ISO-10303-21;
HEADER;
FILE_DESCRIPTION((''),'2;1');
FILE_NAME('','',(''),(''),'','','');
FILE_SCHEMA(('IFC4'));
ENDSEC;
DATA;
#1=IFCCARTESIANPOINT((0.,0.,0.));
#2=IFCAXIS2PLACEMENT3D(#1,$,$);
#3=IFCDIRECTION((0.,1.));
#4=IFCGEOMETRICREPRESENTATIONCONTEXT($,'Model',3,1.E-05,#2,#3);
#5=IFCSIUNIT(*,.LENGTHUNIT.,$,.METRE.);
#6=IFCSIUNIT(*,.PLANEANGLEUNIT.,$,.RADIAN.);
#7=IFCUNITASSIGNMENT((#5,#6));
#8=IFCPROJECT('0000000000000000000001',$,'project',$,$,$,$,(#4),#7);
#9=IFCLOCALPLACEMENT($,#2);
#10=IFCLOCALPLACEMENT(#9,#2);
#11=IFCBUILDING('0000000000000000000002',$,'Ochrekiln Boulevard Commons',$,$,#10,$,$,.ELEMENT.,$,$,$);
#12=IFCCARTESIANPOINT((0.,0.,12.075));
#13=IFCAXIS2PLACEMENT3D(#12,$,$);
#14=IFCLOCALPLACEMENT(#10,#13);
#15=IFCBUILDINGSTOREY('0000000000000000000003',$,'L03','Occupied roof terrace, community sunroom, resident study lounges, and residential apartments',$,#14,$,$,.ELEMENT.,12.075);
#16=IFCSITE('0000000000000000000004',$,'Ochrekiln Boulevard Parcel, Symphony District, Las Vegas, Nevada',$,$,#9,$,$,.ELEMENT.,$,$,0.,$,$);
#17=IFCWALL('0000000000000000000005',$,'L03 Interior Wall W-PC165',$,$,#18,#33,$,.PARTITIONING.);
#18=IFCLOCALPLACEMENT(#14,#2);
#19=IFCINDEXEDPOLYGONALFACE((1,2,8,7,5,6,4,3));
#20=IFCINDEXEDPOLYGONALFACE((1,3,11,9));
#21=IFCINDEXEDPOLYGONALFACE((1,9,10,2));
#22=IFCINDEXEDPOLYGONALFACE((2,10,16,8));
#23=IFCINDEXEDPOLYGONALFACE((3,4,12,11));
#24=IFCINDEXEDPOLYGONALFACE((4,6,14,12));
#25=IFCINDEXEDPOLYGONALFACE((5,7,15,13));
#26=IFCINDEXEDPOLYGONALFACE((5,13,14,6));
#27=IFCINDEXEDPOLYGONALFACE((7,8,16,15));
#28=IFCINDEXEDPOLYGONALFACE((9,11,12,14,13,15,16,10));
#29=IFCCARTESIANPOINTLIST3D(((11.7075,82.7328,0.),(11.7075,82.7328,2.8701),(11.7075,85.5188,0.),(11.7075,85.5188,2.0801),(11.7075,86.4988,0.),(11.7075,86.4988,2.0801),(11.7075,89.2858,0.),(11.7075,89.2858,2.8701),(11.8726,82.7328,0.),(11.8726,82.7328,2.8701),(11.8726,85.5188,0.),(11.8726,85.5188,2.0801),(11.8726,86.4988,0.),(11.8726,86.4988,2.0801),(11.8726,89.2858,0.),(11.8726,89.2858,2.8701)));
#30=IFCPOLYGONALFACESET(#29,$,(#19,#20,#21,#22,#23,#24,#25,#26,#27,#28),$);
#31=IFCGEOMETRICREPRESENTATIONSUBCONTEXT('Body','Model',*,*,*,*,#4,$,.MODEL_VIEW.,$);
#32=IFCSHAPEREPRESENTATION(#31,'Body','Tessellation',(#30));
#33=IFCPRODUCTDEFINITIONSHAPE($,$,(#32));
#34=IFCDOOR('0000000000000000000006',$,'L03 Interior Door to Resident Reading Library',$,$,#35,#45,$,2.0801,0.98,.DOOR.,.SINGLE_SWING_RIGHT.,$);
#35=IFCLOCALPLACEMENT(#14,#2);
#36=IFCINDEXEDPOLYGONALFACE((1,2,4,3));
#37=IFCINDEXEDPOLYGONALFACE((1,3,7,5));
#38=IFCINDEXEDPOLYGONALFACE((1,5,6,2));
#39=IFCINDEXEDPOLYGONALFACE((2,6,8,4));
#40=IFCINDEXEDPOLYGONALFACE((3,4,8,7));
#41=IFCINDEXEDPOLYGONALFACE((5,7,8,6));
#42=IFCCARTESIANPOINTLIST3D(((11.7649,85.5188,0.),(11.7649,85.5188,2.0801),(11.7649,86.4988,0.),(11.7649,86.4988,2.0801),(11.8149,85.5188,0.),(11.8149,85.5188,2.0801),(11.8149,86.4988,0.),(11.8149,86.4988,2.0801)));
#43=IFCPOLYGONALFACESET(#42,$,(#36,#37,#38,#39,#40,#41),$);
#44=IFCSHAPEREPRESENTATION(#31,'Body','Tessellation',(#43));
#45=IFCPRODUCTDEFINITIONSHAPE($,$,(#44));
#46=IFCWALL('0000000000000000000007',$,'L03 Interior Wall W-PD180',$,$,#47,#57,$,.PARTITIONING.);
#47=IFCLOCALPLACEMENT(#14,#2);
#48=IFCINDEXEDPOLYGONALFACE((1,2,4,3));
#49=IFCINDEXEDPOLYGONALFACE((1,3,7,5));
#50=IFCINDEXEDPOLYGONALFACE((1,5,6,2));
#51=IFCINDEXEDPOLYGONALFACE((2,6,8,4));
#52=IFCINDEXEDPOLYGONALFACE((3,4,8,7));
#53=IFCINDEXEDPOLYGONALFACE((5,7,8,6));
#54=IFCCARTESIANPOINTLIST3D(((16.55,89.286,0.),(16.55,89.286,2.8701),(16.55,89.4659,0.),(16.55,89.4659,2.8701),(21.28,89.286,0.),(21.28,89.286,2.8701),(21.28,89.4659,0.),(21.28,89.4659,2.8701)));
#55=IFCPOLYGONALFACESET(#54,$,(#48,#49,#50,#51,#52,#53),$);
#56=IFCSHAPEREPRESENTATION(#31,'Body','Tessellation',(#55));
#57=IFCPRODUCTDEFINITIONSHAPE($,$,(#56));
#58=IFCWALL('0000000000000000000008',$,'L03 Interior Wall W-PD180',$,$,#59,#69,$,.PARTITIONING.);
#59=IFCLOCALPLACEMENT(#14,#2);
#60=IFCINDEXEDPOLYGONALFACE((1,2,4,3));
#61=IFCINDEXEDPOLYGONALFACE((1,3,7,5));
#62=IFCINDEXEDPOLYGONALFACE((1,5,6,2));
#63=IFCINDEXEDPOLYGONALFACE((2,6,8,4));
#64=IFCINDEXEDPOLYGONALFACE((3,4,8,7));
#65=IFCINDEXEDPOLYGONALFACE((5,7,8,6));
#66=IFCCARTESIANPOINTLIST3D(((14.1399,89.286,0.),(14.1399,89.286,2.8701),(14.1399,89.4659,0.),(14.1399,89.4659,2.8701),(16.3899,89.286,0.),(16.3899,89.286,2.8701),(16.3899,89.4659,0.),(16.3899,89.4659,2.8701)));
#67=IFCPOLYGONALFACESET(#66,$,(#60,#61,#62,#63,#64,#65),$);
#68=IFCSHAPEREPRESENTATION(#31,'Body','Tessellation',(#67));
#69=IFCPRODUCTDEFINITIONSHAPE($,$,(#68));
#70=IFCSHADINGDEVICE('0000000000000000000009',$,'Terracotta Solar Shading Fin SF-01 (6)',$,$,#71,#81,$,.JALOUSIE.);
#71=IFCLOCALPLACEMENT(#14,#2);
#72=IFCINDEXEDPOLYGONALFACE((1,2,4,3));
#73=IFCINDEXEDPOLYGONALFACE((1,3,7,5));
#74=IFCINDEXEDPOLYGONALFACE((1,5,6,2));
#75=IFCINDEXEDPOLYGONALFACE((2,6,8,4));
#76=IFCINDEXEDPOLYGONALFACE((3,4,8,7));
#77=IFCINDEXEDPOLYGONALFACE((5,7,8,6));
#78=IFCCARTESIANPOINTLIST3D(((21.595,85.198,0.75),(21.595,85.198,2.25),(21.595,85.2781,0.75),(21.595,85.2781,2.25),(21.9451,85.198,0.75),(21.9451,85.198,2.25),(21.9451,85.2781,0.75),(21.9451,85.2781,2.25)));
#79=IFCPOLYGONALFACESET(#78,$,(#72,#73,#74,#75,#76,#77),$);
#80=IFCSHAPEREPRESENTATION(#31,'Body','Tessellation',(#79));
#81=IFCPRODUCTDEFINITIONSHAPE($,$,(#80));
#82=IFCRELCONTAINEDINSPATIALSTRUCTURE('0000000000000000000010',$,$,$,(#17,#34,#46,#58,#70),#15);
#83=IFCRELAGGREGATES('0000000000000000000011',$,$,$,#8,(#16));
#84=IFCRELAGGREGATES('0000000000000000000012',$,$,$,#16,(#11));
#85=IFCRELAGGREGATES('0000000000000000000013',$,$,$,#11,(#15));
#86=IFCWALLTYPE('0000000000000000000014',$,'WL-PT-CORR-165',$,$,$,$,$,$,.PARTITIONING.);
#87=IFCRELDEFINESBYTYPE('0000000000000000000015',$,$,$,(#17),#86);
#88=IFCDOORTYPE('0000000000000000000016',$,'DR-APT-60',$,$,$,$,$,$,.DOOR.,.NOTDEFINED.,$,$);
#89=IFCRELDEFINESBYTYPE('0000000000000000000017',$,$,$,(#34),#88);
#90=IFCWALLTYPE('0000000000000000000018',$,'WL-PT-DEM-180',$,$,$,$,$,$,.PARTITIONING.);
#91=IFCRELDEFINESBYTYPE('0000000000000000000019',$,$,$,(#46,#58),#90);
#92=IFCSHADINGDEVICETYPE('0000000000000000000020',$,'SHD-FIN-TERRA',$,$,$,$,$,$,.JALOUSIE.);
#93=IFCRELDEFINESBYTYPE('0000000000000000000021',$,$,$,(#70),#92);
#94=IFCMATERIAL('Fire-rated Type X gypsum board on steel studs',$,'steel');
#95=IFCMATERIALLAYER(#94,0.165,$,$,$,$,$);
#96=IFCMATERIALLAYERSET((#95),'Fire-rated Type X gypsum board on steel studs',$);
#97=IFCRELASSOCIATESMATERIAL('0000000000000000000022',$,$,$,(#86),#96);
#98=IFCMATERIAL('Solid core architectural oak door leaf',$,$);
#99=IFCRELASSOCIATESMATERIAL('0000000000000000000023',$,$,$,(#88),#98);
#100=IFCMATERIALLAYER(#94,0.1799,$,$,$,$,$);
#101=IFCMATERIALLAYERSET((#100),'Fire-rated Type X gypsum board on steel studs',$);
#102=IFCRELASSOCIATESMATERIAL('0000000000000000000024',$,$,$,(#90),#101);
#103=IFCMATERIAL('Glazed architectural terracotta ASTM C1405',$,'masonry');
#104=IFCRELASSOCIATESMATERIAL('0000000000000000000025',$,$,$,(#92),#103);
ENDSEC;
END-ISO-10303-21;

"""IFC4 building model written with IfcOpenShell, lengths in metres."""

from ifc_helpers import new_model, si_unit, direction, frame, frame_2d, origin, origin_2d, place, context, subcontext, project, spatial, rectangle, extrude, material, layer, layer_set, type_object, element, fill, save


model = new_model("IFC4")

# Units and contexts
model_context = context("Model", 3, precision=1e-05, world=origin(), true_north=direction((0.0, 1.0)))
body_context = subcontext(model_context, "Body", "Model", "MODEL_VIEW")
ifc_project = project(units=[si_unit("LENGTHUNIT", "METRE"), si_unit("PLANEANGLEUNIT", "RADIAN")], contexts=[model_context])

# Site, building, storey
site_placement = place(None, origin())
site = spatial("IfcSite", under=ifc_project, at=site_placement, Name="Ochrekiln Boulevard Parcel, Symphony District, Las Vegas, Nevada", CompositionType="ELEMENT", RefElevation=0.0)
building_placement = place(site_placement, origin())
building = spatial("IfcBuilding", under=site, at=building_placement, Name="Ochrekiln Boulevard Commons", CompositionType="ELEMENT")
storey_placement = place(building_placement, frame((0.0, 0.0, 12.075)))
storey = spatial("IfcBuildingStorey", under=building, at=storey_placement, Name="L03", Description="Occupied roof terrace, community sunroom, resident study lounges, and residential apartments", CompositionType="ELEMENT", Elevation=12.075)

# Wall, opening, door
ifc_material_1 = material(Name="Fire-rated Type X gypsum board on steel studs", Category="steel")
ifc_layer_1 = layer(ifc_material_1, 0.165)
ifc_layer_set_1 = layer_set([ifc_layer_1], Name="Fire-rated Type X gypsum board on steel studs")
wall_type_1 = type_object("IfcWallType", Name="WL-PT-CORR-165", PredefinedType="PARTITIONING", material=ifc_layer_set_1)
wall_1_placement = place(storey_placement, frame((11.79, 82.7329, 0.0), z_axis=(0.0, 0.0, 1.0), x_axis=(0.0, 1.0, 0.0)))
wall_1 = element("IfcWall", 1, at=wall_1_placement, inside=storey, type_object=wall_type_1, Name="L03 Interior Wall W-PC165", PredefinedType="PARTITIONING", context=body_context, shape_type="SweptSolid", body=[
    extrude(rectangle(XDim=6.553, YDim=0.165, at=frame_2d((3.2764, 0.0))), origin(), (0.0, 0.0, 1.0), 2.8701),
])
opening_placement = place(wall_1_placement, frame((2.7859, 0.0, 0.0)))
opening = element("IfcOpeningElement", 2, at=opening_placement, cuts=wall_1, PredefinedType="OPENING", context=body_context, shape_type="SweptSolid", body=[
    extrude(rectangle(XDim=0.98, YDim=2.0801, at=frame_2d((0.49, 1.04))), frame((0.0, 0.0925, 0.0), z_axis=(0.0, -1.0, 0.0), x_axis=(1.0, 0.0, 0.0)), (0.0, 0.0, 1.0), 0.1851),
])
ifc_material_2 = material(Name="Solid core architectural oak door leaf")
door_type = type_object("IfcDoorType", Name="DR-APT-60", OperationType="NOTDEFINED", PredefinedType="DOOR", material=ifc_material_2)
door_placement = place(opening_placement, frame((0.98, 0.0, 0.0), z_axis=(0.0, 0.0, 1.0), x_axis=(-1.0, 0.0, 0.0)))
door = element("IfcDoor", 3, at=door_placement, inside=storey, type_object=door_type, Name="L03 Interior Door to Resident Reading Library", OperationType="SINGLE_SWING_RIGHT", OverallHeight=2.0801, OverallWidth=0.98, PredefinedType="DOOR", context=body_context, shape_type="SweptSolid", body=[
    extrude(rectangle(XDim=0.98, YDim=2.0801, at=frame_2d((0.49, 1.04))), frame((0.0, 0.0249, 0.0), z_axis=(0.0, -1.0, 0.0), x_axis=(1.0, 0.0, 0.0)), (0.0, 0.0, 1.0), 0.05),
])
fill(opening, door)

# Walls
ifc_layer_2 = layer(ifc_material_1, 0.1799)
ifc_layer_set_2 = layer_set([ifc_layer_2], Name="Fire-rated Type X gypsum board on steel studs")
wall_type_2 = type_object("IfcWallType", Name="WL-PT-DEM-180", PredefinedType="PARTITIONING", material=ifc_layer_set_2)
wall_2_placement = place(storey_placement, frame((16.55, 89.376, 0.0), z_axis=(0.0, 0.0, 1.0), x_axis=(1.0, 0.0, 0.0)))
element("IfcWall", 4, at=wall_2_placement, inside=storey, type_object=wall_type_2, Name="L03 Interior Wall W-PD180", PredefinedType="PARTITIONING", context=body_context, shape_type="SweptSolid", body=[
    extrude(rectangle(XDim=4.73, YDim=0.1799, at=frame_2d((2.365, 0.0))), origin(), (0.0, 0.0, 1.0), 2.8701),
])
wall_3_placement = place(storey_placement, frame((14.1399, 89.376, 0.0), z_axis=(0.0, 0.0, 1.0), x_axis=(1.0, 0.0, 0.0)))
element("IfcWall", 5, at=wall_3_placement, inside=storey, type_object=wall_type_2, Name="L03 Interior Wall W-PD180", PredefinedType="PARTITIONING", context=body_context, shape_type="SweptSolid", body=[
    extrude(rectangle(XDim=2.25, YDim=0.1799, at=frame_2d((1.125, 0.0))), origin(), (0.0, 0.0, 1.0), 2.8701),
])

# Shading device
ifc_material_3 = material(Name="Glazed architectural terracotta ASTM C1405", Category="masonry")
shading_device_type = type_object("IfcShadingDeviceType", Name="SHD-FIN-TERRA", PredefinedType="JALOUSIE", material=ifc_material_3)
shading_device_placement = place(storey_placement, frame((21.77, 85.238, 0.75), z_axis=(0.0, 0.0, 1.0), x_axis=(1.0, 0.0, 0.0)))
element("IfcShadingDevice", 6, at=shading_device_placement, inside=storey, type_object=shading_device_type, Name="Terracotta Solar Shading Fin SF-01 (6)", PredefinedType="JALOUSIE", context=body_context, shape_type="SweptSolid", body=[
    extrude(rectangle(XDim=0.3501, YDim=0.0801, at=origin_2d()), origin(), (0.0, 0.0, 1.0), 1.5),
])

save(model, "model.ifc")
